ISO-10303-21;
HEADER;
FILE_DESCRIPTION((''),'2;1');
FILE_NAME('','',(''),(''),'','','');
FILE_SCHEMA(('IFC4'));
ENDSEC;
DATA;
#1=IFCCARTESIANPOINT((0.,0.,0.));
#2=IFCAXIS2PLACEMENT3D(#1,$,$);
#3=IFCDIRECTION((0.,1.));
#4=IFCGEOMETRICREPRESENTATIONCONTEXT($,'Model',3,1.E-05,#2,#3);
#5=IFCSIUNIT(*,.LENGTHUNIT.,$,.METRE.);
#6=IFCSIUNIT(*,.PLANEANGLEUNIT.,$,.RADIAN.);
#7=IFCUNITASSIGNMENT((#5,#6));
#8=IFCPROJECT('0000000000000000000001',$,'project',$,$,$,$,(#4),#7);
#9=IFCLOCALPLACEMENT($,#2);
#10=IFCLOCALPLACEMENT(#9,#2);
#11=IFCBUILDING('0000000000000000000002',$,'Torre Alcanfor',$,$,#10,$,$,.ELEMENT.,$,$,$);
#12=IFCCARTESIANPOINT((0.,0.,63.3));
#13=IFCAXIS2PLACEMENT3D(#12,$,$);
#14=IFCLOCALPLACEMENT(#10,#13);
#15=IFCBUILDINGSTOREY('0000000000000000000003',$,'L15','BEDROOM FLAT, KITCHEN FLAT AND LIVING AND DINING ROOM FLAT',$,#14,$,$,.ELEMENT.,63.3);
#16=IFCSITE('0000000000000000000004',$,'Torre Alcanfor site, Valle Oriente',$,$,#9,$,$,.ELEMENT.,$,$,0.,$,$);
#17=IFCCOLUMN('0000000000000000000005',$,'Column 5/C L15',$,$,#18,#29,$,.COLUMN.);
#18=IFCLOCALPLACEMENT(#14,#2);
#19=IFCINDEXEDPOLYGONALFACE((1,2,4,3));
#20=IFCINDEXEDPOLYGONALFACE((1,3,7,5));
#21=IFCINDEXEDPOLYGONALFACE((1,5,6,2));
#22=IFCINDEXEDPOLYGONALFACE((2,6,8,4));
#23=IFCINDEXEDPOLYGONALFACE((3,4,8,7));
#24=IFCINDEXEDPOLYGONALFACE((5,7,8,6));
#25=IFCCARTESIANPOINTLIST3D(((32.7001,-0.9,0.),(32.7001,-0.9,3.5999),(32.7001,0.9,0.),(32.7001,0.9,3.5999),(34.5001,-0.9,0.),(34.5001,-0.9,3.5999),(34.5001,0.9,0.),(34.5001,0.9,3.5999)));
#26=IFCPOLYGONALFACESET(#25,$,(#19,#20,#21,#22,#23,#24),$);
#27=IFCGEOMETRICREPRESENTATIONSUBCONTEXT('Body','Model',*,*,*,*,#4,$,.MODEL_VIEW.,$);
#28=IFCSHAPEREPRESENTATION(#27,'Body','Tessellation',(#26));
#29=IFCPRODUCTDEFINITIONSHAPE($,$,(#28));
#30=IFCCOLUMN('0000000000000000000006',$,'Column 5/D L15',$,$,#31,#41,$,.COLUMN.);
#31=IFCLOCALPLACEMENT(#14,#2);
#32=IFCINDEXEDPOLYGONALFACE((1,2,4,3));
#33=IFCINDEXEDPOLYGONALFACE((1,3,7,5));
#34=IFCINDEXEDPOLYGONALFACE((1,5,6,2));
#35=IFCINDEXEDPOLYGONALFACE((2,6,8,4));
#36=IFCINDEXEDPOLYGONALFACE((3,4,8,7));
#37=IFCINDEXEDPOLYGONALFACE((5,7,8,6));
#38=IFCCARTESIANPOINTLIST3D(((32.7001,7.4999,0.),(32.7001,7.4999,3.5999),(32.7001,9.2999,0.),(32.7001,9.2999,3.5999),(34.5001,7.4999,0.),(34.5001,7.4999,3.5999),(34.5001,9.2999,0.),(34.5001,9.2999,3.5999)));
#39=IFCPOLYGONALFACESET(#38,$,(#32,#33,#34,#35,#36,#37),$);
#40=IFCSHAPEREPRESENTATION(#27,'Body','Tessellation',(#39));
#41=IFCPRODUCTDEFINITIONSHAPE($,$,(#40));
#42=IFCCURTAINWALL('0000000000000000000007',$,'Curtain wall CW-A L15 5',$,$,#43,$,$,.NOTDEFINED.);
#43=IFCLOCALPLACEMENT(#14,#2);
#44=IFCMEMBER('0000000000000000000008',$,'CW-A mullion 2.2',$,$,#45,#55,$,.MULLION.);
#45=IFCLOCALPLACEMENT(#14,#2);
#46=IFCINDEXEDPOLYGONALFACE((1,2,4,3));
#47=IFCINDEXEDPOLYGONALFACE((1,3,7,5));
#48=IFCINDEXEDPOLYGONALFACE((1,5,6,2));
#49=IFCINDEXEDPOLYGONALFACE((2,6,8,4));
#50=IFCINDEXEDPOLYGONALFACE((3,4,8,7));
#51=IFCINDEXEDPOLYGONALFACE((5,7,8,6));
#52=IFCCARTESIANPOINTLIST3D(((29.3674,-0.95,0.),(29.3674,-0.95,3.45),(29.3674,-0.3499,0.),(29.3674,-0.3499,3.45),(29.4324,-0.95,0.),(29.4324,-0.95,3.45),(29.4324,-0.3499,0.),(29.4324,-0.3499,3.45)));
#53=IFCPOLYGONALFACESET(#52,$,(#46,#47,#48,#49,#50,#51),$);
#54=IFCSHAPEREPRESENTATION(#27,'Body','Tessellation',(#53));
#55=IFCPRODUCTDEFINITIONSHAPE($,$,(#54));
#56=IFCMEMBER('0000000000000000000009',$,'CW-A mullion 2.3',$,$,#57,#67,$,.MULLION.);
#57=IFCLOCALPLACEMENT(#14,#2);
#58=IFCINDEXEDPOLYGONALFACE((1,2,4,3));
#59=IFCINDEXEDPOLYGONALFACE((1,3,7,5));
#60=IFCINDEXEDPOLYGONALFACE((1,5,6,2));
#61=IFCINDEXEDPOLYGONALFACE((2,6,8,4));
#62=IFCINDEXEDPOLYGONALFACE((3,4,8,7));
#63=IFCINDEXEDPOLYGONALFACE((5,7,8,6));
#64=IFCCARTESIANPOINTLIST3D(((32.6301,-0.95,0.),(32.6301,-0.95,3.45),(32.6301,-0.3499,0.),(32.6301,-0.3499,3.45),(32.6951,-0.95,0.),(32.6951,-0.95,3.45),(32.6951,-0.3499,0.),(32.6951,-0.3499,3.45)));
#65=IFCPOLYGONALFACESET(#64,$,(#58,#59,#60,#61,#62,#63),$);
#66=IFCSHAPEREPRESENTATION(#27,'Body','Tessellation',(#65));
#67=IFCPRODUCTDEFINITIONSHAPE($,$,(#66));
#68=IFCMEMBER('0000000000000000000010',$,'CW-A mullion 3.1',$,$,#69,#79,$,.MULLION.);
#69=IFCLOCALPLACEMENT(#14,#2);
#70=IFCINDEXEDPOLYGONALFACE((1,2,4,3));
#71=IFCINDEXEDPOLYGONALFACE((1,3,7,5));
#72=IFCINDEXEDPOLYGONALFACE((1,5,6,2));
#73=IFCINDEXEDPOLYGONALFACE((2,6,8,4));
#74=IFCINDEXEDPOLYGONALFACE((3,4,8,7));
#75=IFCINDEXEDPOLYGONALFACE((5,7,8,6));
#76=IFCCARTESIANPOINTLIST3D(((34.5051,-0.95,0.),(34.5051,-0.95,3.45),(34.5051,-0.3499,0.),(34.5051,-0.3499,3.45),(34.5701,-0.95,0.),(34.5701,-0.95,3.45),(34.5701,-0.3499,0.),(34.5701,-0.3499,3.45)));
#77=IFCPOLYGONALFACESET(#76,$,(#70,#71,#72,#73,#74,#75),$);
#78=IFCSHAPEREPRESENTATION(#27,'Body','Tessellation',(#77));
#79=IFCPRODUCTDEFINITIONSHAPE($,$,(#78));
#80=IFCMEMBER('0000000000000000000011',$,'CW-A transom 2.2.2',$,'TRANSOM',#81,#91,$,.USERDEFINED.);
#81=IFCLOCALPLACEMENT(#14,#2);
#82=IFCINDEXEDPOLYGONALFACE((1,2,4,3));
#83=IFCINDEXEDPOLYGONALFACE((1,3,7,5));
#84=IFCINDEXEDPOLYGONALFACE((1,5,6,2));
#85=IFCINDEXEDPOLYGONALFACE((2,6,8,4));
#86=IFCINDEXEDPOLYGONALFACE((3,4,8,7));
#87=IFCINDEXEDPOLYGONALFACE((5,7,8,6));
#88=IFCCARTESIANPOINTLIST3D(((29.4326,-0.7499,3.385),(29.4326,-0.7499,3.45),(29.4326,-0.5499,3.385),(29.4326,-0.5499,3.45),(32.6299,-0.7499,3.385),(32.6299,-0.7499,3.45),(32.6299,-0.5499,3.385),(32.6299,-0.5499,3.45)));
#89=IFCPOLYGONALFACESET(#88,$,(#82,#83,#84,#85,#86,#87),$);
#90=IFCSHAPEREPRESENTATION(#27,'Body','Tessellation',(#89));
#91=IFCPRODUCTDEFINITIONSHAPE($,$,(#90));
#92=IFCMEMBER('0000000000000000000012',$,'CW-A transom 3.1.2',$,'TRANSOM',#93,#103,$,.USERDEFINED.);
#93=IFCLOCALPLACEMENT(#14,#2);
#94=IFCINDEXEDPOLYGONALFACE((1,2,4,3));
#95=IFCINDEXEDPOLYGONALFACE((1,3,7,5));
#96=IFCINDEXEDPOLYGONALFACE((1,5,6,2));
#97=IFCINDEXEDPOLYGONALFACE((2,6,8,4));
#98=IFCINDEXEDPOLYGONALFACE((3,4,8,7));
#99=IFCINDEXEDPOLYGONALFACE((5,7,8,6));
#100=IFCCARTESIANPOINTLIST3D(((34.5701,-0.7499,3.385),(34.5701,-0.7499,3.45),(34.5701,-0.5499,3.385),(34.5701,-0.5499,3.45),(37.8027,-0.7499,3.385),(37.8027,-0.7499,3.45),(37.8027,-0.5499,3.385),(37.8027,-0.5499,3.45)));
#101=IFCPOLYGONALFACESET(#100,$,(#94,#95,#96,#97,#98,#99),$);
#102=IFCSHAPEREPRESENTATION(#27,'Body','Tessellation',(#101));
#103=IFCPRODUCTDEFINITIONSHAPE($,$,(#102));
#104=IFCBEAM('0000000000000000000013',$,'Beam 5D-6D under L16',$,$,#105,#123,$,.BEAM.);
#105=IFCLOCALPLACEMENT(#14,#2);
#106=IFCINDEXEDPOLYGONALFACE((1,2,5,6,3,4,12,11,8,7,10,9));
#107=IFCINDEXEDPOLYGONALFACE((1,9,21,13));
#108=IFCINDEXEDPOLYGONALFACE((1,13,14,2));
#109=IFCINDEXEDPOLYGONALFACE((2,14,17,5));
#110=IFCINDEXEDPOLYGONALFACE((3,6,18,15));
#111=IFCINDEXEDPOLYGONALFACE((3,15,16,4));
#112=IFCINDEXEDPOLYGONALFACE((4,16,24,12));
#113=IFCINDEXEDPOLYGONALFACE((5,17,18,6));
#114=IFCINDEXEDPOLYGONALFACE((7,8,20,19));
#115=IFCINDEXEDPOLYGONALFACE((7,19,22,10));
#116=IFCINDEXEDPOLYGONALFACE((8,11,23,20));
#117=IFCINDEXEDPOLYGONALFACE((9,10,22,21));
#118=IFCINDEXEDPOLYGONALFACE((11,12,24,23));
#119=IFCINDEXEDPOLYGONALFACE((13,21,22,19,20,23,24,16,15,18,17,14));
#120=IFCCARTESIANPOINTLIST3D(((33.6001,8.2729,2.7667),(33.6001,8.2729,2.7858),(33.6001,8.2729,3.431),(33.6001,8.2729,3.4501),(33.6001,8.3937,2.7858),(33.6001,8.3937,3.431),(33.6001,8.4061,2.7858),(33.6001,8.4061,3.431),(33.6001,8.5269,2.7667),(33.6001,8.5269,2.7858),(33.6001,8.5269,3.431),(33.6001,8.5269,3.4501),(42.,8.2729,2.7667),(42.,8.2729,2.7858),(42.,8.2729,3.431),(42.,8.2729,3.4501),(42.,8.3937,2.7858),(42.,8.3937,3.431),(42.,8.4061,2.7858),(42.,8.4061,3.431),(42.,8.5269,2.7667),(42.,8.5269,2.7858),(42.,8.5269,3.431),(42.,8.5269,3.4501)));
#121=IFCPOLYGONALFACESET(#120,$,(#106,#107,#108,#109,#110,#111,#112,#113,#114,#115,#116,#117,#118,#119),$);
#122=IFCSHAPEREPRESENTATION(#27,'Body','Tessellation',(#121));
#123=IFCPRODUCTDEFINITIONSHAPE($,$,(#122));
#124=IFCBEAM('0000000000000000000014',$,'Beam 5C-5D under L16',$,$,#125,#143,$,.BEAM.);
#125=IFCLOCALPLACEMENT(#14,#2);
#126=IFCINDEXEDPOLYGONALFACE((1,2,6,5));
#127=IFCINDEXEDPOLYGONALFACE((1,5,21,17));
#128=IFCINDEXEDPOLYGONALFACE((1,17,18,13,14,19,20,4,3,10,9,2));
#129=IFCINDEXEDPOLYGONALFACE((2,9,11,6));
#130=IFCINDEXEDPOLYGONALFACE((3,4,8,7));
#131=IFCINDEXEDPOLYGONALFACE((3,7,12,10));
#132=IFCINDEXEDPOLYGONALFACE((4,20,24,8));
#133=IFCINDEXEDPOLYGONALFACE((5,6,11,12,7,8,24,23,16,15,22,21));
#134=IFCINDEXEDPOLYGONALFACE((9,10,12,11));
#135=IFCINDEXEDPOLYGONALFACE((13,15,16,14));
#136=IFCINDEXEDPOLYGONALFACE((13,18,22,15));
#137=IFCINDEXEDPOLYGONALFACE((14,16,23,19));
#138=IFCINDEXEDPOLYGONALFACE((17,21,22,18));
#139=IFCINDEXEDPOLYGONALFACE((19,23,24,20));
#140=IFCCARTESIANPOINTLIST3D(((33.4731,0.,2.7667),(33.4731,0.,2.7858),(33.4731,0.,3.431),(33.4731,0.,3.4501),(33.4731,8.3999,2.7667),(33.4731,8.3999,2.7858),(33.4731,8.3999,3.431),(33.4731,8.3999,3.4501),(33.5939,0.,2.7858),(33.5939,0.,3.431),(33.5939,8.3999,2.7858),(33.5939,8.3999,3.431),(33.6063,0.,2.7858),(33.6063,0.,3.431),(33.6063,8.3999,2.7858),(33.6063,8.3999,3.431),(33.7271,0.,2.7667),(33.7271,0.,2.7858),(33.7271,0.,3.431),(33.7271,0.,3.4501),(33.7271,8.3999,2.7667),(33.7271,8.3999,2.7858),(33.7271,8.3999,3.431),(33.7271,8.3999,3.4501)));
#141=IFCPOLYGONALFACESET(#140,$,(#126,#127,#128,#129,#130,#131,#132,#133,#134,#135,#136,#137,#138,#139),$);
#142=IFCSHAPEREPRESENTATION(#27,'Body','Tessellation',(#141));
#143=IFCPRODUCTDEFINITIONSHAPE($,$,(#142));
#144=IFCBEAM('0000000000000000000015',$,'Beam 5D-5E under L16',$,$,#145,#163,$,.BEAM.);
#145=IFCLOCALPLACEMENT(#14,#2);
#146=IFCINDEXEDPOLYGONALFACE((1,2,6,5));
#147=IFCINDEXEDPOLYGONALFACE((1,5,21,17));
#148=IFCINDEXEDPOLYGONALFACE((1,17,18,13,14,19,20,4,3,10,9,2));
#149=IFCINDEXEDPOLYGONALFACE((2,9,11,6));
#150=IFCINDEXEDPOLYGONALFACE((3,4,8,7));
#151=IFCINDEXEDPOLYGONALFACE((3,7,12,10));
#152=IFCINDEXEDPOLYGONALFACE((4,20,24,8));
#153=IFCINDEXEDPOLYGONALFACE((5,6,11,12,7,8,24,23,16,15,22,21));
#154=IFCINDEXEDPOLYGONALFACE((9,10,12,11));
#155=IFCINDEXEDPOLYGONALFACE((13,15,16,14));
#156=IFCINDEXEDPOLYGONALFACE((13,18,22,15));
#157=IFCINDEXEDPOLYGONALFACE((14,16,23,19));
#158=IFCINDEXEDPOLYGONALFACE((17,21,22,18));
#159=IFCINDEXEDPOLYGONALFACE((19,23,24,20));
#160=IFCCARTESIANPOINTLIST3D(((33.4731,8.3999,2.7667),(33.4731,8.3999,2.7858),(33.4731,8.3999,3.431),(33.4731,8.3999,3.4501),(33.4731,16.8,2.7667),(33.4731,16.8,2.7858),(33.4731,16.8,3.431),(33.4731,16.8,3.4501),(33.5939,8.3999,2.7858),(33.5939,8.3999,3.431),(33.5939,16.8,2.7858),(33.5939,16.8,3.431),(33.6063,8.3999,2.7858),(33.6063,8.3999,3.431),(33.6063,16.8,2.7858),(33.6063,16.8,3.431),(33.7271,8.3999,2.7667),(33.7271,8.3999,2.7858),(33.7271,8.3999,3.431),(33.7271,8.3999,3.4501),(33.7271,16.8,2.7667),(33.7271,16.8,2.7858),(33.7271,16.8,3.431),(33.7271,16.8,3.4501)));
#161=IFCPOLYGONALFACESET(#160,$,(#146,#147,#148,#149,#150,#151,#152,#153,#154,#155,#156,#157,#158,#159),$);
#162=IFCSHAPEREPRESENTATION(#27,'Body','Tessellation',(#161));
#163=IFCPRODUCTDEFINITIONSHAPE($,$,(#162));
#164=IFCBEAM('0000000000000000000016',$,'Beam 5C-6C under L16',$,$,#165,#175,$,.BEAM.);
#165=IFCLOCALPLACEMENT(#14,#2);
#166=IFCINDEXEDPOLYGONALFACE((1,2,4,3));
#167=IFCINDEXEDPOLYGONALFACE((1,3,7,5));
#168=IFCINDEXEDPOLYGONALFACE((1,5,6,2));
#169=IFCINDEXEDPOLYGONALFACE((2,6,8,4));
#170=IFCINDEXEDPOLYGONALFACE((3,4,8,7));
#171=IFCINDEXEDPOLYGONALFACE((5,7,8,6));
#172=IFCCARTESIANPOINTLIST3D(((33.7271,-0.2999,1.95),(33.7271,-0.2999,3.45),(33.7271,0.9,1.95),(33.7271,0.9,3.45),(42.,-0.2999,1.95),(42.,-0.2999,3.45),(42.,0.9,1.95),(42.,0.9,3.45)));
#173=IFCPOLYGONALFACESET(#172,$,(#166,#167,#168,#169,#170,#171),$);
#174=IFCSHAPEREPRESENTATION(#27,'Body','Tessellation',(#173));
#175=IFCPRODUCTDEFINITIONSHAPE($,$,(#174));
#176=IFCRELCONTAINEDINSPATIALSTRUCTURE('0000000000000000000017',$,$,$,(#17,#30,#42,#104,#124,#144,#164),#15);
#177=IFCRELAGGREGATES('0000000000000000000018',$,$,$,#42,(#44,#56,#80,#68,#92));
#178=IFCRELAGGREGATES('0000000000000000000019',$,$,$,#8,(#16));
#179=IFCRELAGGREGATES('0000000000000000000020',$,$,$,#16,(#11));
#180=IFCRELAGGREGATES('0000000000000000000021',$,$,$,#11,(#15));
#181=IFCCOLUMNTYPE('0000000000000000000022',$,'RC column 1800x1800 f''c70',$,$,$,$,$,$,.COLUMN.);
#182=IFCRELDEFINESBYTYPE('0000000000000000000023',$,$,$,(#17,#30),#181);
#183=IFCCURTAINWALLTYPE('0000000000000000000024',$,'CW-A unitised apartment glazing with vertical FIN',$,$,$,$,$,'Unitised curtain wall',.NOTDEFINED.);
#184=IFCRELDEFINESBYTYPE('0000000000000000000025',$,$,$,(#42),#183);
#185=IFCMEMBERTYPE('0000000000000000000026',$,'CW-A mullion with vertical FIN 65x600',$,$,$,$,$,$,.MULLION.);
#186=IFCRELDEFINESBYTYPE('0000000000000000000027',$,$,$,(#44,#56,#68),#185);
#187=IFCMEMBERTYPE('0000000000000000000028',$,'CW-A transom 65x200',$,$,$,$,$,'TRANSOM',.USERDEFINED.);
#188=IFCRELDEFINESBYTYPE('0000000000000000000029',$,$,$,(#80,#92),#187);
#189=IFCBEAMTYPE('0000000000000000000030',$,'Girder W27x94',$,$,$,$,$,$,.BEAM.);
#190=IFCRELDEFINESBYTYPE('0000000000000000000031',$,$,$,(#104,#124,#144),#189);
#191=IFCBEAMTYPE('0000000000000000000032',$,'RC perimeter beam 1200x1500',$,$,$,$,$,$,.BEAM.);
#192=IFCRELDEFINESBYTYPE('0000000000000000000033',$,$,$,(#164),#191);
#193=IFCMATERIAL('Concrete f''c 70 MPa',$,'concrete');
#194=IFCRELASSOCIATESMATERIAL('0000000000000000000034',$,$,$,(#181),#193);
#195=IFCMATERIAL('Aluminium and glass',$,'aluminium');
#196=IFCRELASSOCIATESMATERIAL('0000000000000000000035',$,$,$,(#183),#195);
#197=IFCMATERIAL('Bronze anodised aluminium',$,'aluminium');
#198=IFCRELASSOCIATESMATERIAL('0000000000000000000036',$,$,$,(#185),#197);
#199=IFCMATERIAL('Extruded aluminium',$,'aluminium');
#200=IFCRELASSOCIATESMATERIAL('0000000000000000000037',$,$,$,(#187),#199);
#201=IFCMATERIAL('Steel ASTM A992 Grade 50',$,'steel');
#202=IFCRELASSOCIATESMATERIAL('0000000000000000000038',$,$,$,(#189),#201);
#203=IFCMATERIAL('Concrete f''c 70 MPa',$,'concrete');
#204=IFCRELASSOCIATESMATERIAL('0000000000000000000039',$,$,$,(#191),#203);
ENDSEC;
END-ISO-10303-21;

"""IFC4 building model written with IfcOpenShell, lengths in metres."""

from ifc_helpers import new_model, si_unit, direction, frame, origin, origin_2d, place, context, subcontext, project, spatial, rectangle, i_section, extrude, material, material_profile, profile_set, type_object, element, aggregate, save


model = new_model("IFC4")

# Units and contexts
model_context = context("Model", 3, precision=1e-05, world=origin(), true_north=direction((0.0, 1.0)))
body_context = subcontext(model_context, "Body", "Model", "MODEL_VIEW")
ifc_project = project(units=[si_unit("LENGTHUNIT", "METRE"), si_unit("PLANEANGLEUNIT", "RADIAN")], contexts=[model_context])

# Site, building, storey
site_placement = place(None, origin())
site = spatial("IfcSite", under=ifc_project, at=site_placement, Name="Torre Alcanfor site, Valle Oriente", CompositionType="ELEMENT", RefElevation=0.0)
building_placement = place(site_placement, origin())
building = spatial("IfcBuilding", under=site, at=building_placement, Name="Torre Alcanfor", CompositionType="ELEMENT")
storey_placement = place(building_placement, frame((0.0, 0.0, 63.3)))
storey = spatial("IfcBuildingStorey", under=building, at=storey_placement, Name="L15", Description="BEDROOM FLAT, KITCHEN FLAT AND LIVING AND DINING ROOM FLAT", CompositionType="ELEMENT", Elevation=63.3)

# Columns
ifc_material_1 = material(Name="Concrete f'c 70 MPa", Category="concrete")
ifc_material_profile_1 = material_profile(ifc_material_1, rectangle(XDim=1.8, YDim=1.8, at=origin_2d()), Name="1800x1800")
ifc_profile_set_1 = profile_set([ifc_material_profile_1], Name="Concrete f'c 70 MPa")
column_type = type_object("IfcColumnType", Name="RC column 1800x1800 f'c70", PredefinedType="COLUMN", material=ifc_profile_set_1)
for number, where, z_axis, x_axis, name in (
    (1, (33.6001, 0.0, 0.0), (0.0, 0.0, 1.0), (1.0, 0.0, 0.0), "Column 5/C L15"),
    (2, (33.6001, 8.3999, 0.0), (0.0, 0.0, 1.0), (1.0, 0.0, 0.0), "Column 5/D L15"),
):
    element("IfcColumn", number, at=place(storey_placement, frame(where, z_axis=z_axis, x_axis=x_axis)), inside=storey, type_object=column_type, Name=name, PredefinedType="COLUMN", context=body_context, shape_type="SweptSolid", body=[
        extrude(rectangle(XDim=1.8, YDim=1.8, at=origin_2d()), origin(), (0.0, 0.0, 1.0), 3.5999),
    ])

# Curtain wall, members
ifc_material_2 = material(Name="Aluminium and glass", Category="aluminium")
curtain_wall_type = type_object("IfcCurtainWallType", Name="CW-A unitised apartment glazing with vertical FIN", ElementType="Unitised curtain wall", PredefinedType="NOTDEFINED", material=ifc_material_2)
curtain_wall_placement = place(storey_placement, origin())
curtain_wall = element("IfcCurtainWall", 3, at=curtain_wall_placement, inside=storey, type_object=curtain_wall_type, Name="Curtain wall CW-A L15 5", PredefinedType="NOTDEFINED")
ifc_material_3 = material(Name="Bronze anodised aluminium", Category="aluminium")
ifc_material_profile_2 = material_profile(ifc_material_3, rectangle(XDim=0.6001, YDim=0.0649, at=origin_2d()), Name="CW-A mullion 65x600")
ifc_profile_set_2 = profile_set([ifc_material_profile_2], Name="Bronze anodised aluminium")
member_type_1 = type_object("IfcMemberType", Name="CW-A mullion with vertical FIN 65x600", PredefinedType="MULLION", material=ifc_profile_set_2)
member_1_placement = place(storey_placement, frame((29.3999, -0.6499, 0.0), z_axis=(0.0, 0.0, 1.0), x_axis=(0.0, 1.0, 0.0)))
member_1 = element("IfcMember", 4, at=member_1_placement, type_object=member_type_1, Name="CW-A mullion 2.2", PredefinedType="MULLION", context=body_context, shape_type="SweptSolid", body=[
    extrude(rectangle(XDim=0.6001, YDim=0.0649, at=origin_2d()), origin(), (0.0, 0.0, 1.0), 3.45),
])
member_2_placement = place(storey_placement, frame((32.6626, -0.6499, 0.0), z_axis=(0.0, 0.0, 1.0), x_axis=(0.0, 1.0, 0.0)))
member_2 = element("IfcMember", 5, at=member_2_placement, type_object=member_type_1, Name="CW-A mullion 2.3", PredefinedType="MULLION", context=body_context, shape_type="SweptSolid", body=[
    extrude(rectangle(XDim=0.6001, YDim=0.0649, at=origin_2d()), origin(), (0.0, 0.0, 1.0), 3.45),
])
member_3_placement = place(storey_placement, frame((34.5376, -0.6499, 0.0), z_axis=(0.0, 0.0, 1.0), x_axis=(0.0, 1.0, 0.0)))
member_3 = element("IfcMember", 6, at=member_3_placement, type_object=member_type_1, Name="CW-A mullion 3.1", PredefinedType="MULLION", context=body_context, shape_type="SweptSolid", body=[
    extrude(rectangle(XDim=0.6001, YDim=0.0649, at=origin_2d()), origin(), (0.0, 0.0, 1.0), 3.45),
])
ifc_material_4 = material(Name="Extruded aluminium", Category="aluminium")
ifc_material_profile_3 = material_profile(ifc_material_4, rectangle(XDim=0.2, YDim=0.0649, at=origin_2d()), Name="CW-A transom 200x65")
ifc_profile_set_3 = profile_set([ifc_material_profile_3], Name="Extruded aluminium")
member_type_2 = type_object("IfcMemberType", Name="CW-A transom 65x200", ElementType="TRANSOM", PredefinedType="USERDEFINED", material=ifc_profile_set_3)
member_4_placement = place(storey_placement, frame((29.4326, -0.6499, 3.4175), z_axis=(1.0, 0.0, 0.0), x_axis=(0.0, 1.0, 0.0)))
member_4 = element("IfcMember", 7, at=member_4_placement, type_object=member_type_2, Name="CW-A transom 2.2.2", ObjectType="TRANSOM", PredefinedType="USERDEFINED", context=body_context, shape_type="SweptSolid", body=[
    extrude(rectangle(XDim=0.2, YDim=0.0649, at=origin_2d()), origin(), (0.0, 0.0, 1.0), 3.1973),
])
member_5_placement = place(storey_placement, frame((34.5701, -0.6499, 3.4175), z_axis=(1.0, 0.0, 0.0), x_axis=(0.0, 1.0, 0.0)))
member_5 = element("IfcMember", 8, at=member_5_placement, type_object=member_type_2, Name="CW-A transom 3.1.2", ObjectType="TRANSOM", PredefinedType="USERDEFINED", context=body_context, shape_type="SweptSolid", body=[
    extrude(rectangle(XDim=0.2, YDim=0.0649, at=origin_2d()), origin(), (0.0, 0.0, 1.0), 3.2327),
])

# Beams
ifc_material_5 = material(Name="Steel ASTM A992 Grade 50", Category="steel")
ifc_material_profile_4 = material_profile(ifc_material_5, i_section(OverallWidth=0.2539, OverallDepth=0.6833, WebThickness=0.0125, FlangeThickness=0.019, at=origin_2d()), Name="W27x94")
ifc_profile_set_4 = profile_set([ifc_material_profile_4], Name="Steel ASTM A992 Grade 50")
beam_type_1 = type_object("IfcBeamType", Name="Girder W27x94", PredefinedType="BEAM", material=ifc_profile_set_4)
for number, where, z_axis, x_axis, name in (
    (9, (33.6001, 8.3999, 3.1084), (1.0, 0.0, 0.0), (0.0, 1.0, 0.0), "Beam 5D-6D under L16"),
    (10, (33.6001, 0.0, 3.1084), (0.0, 1.0, 0.0), (-1.0, 0.0, 0.0), "Beam 5C-5D under L16"),
):
    element("IfcBeam", number, at=place(storey_placement, frame(where, z_axis=z_axis, x_axis=x_axis)), inside=storey, type_object=beam_type_1, Name=name, PredefinedType="BEAM", context=body_context, shape_type="SweptSolid", body=[
        extrude(i_section(OverallWidth=0.2539, OverallDepth=0.6833, WebThickness=0.0125, FlangeThickness=0.019, at=origin_2d()), origin(), (0.0, 0.0, 1.0), 8.3999),
    ])
beam_1_placement = place(storey_placement, frame((33.6001, 8.3999, 3.1084), z_axis=(0.0, 1.0, 0.0), x_axis=(-1.0, 0.0, 0.0)))
element("IfcBeam", 11, at=beam_1_placement, inside=storey, type_object=beam_type_1, Name="Beam 5D-5E under L16", PredefinedType="BEAM", context=body_context, shape_type="SweptSolid", body=[
    extrude(i_section(OverallWidth=0.2539, OverallDepth=0.6833, WebThickness=0.0125, FlangeThickness=0.019, at=origin_2d()), origin(), (0.0, 0.0, 1.0), 8.4001),
])
ifc_material_6 = material(Name="Concrete f'c 70 MPa", Category="concrete")
ifc_material_profile_5 = material_profile(ifc_material_6, rectangle(XDim=1.2, YDim=1.5, at=origin_2d()), Name="1200x1500")
ifc_profile_set_5 = profile_set([ifc_material_profile_5], Name="Concrete f'c 70 MPa")
beam_type_2 = type_object("IfcBeamType", Name="RC perimeter beam 1200x1500", PredefinedType="BEAM", material=ifc_profile_set_5)
beam_2_placement = place(storey_placement, frame((33.7271, 0.3, 2.7), z_axis=(1.0, 0.0, 0.0), x_axis=(0.0, 1.0, 0.0)))
element("IfcBeam", 12, at=beam_2_placement, inside=storey, type_object=beam_type_2, Name="Beam 5C-6C under L16", PredefinedType="BEAM", context=body_context, shape_type="SweptSolid", body=[
    extrude(rectangle(XDim=1.2, YDim=1.5, at=origin_2d()), origin(), (0.0, 0.0, 1.0), 8.2729),
])

aggregate(curtain_wall, [member_1, member_2, member_4, member_3, member_5])

save(model, "model.ifc")
